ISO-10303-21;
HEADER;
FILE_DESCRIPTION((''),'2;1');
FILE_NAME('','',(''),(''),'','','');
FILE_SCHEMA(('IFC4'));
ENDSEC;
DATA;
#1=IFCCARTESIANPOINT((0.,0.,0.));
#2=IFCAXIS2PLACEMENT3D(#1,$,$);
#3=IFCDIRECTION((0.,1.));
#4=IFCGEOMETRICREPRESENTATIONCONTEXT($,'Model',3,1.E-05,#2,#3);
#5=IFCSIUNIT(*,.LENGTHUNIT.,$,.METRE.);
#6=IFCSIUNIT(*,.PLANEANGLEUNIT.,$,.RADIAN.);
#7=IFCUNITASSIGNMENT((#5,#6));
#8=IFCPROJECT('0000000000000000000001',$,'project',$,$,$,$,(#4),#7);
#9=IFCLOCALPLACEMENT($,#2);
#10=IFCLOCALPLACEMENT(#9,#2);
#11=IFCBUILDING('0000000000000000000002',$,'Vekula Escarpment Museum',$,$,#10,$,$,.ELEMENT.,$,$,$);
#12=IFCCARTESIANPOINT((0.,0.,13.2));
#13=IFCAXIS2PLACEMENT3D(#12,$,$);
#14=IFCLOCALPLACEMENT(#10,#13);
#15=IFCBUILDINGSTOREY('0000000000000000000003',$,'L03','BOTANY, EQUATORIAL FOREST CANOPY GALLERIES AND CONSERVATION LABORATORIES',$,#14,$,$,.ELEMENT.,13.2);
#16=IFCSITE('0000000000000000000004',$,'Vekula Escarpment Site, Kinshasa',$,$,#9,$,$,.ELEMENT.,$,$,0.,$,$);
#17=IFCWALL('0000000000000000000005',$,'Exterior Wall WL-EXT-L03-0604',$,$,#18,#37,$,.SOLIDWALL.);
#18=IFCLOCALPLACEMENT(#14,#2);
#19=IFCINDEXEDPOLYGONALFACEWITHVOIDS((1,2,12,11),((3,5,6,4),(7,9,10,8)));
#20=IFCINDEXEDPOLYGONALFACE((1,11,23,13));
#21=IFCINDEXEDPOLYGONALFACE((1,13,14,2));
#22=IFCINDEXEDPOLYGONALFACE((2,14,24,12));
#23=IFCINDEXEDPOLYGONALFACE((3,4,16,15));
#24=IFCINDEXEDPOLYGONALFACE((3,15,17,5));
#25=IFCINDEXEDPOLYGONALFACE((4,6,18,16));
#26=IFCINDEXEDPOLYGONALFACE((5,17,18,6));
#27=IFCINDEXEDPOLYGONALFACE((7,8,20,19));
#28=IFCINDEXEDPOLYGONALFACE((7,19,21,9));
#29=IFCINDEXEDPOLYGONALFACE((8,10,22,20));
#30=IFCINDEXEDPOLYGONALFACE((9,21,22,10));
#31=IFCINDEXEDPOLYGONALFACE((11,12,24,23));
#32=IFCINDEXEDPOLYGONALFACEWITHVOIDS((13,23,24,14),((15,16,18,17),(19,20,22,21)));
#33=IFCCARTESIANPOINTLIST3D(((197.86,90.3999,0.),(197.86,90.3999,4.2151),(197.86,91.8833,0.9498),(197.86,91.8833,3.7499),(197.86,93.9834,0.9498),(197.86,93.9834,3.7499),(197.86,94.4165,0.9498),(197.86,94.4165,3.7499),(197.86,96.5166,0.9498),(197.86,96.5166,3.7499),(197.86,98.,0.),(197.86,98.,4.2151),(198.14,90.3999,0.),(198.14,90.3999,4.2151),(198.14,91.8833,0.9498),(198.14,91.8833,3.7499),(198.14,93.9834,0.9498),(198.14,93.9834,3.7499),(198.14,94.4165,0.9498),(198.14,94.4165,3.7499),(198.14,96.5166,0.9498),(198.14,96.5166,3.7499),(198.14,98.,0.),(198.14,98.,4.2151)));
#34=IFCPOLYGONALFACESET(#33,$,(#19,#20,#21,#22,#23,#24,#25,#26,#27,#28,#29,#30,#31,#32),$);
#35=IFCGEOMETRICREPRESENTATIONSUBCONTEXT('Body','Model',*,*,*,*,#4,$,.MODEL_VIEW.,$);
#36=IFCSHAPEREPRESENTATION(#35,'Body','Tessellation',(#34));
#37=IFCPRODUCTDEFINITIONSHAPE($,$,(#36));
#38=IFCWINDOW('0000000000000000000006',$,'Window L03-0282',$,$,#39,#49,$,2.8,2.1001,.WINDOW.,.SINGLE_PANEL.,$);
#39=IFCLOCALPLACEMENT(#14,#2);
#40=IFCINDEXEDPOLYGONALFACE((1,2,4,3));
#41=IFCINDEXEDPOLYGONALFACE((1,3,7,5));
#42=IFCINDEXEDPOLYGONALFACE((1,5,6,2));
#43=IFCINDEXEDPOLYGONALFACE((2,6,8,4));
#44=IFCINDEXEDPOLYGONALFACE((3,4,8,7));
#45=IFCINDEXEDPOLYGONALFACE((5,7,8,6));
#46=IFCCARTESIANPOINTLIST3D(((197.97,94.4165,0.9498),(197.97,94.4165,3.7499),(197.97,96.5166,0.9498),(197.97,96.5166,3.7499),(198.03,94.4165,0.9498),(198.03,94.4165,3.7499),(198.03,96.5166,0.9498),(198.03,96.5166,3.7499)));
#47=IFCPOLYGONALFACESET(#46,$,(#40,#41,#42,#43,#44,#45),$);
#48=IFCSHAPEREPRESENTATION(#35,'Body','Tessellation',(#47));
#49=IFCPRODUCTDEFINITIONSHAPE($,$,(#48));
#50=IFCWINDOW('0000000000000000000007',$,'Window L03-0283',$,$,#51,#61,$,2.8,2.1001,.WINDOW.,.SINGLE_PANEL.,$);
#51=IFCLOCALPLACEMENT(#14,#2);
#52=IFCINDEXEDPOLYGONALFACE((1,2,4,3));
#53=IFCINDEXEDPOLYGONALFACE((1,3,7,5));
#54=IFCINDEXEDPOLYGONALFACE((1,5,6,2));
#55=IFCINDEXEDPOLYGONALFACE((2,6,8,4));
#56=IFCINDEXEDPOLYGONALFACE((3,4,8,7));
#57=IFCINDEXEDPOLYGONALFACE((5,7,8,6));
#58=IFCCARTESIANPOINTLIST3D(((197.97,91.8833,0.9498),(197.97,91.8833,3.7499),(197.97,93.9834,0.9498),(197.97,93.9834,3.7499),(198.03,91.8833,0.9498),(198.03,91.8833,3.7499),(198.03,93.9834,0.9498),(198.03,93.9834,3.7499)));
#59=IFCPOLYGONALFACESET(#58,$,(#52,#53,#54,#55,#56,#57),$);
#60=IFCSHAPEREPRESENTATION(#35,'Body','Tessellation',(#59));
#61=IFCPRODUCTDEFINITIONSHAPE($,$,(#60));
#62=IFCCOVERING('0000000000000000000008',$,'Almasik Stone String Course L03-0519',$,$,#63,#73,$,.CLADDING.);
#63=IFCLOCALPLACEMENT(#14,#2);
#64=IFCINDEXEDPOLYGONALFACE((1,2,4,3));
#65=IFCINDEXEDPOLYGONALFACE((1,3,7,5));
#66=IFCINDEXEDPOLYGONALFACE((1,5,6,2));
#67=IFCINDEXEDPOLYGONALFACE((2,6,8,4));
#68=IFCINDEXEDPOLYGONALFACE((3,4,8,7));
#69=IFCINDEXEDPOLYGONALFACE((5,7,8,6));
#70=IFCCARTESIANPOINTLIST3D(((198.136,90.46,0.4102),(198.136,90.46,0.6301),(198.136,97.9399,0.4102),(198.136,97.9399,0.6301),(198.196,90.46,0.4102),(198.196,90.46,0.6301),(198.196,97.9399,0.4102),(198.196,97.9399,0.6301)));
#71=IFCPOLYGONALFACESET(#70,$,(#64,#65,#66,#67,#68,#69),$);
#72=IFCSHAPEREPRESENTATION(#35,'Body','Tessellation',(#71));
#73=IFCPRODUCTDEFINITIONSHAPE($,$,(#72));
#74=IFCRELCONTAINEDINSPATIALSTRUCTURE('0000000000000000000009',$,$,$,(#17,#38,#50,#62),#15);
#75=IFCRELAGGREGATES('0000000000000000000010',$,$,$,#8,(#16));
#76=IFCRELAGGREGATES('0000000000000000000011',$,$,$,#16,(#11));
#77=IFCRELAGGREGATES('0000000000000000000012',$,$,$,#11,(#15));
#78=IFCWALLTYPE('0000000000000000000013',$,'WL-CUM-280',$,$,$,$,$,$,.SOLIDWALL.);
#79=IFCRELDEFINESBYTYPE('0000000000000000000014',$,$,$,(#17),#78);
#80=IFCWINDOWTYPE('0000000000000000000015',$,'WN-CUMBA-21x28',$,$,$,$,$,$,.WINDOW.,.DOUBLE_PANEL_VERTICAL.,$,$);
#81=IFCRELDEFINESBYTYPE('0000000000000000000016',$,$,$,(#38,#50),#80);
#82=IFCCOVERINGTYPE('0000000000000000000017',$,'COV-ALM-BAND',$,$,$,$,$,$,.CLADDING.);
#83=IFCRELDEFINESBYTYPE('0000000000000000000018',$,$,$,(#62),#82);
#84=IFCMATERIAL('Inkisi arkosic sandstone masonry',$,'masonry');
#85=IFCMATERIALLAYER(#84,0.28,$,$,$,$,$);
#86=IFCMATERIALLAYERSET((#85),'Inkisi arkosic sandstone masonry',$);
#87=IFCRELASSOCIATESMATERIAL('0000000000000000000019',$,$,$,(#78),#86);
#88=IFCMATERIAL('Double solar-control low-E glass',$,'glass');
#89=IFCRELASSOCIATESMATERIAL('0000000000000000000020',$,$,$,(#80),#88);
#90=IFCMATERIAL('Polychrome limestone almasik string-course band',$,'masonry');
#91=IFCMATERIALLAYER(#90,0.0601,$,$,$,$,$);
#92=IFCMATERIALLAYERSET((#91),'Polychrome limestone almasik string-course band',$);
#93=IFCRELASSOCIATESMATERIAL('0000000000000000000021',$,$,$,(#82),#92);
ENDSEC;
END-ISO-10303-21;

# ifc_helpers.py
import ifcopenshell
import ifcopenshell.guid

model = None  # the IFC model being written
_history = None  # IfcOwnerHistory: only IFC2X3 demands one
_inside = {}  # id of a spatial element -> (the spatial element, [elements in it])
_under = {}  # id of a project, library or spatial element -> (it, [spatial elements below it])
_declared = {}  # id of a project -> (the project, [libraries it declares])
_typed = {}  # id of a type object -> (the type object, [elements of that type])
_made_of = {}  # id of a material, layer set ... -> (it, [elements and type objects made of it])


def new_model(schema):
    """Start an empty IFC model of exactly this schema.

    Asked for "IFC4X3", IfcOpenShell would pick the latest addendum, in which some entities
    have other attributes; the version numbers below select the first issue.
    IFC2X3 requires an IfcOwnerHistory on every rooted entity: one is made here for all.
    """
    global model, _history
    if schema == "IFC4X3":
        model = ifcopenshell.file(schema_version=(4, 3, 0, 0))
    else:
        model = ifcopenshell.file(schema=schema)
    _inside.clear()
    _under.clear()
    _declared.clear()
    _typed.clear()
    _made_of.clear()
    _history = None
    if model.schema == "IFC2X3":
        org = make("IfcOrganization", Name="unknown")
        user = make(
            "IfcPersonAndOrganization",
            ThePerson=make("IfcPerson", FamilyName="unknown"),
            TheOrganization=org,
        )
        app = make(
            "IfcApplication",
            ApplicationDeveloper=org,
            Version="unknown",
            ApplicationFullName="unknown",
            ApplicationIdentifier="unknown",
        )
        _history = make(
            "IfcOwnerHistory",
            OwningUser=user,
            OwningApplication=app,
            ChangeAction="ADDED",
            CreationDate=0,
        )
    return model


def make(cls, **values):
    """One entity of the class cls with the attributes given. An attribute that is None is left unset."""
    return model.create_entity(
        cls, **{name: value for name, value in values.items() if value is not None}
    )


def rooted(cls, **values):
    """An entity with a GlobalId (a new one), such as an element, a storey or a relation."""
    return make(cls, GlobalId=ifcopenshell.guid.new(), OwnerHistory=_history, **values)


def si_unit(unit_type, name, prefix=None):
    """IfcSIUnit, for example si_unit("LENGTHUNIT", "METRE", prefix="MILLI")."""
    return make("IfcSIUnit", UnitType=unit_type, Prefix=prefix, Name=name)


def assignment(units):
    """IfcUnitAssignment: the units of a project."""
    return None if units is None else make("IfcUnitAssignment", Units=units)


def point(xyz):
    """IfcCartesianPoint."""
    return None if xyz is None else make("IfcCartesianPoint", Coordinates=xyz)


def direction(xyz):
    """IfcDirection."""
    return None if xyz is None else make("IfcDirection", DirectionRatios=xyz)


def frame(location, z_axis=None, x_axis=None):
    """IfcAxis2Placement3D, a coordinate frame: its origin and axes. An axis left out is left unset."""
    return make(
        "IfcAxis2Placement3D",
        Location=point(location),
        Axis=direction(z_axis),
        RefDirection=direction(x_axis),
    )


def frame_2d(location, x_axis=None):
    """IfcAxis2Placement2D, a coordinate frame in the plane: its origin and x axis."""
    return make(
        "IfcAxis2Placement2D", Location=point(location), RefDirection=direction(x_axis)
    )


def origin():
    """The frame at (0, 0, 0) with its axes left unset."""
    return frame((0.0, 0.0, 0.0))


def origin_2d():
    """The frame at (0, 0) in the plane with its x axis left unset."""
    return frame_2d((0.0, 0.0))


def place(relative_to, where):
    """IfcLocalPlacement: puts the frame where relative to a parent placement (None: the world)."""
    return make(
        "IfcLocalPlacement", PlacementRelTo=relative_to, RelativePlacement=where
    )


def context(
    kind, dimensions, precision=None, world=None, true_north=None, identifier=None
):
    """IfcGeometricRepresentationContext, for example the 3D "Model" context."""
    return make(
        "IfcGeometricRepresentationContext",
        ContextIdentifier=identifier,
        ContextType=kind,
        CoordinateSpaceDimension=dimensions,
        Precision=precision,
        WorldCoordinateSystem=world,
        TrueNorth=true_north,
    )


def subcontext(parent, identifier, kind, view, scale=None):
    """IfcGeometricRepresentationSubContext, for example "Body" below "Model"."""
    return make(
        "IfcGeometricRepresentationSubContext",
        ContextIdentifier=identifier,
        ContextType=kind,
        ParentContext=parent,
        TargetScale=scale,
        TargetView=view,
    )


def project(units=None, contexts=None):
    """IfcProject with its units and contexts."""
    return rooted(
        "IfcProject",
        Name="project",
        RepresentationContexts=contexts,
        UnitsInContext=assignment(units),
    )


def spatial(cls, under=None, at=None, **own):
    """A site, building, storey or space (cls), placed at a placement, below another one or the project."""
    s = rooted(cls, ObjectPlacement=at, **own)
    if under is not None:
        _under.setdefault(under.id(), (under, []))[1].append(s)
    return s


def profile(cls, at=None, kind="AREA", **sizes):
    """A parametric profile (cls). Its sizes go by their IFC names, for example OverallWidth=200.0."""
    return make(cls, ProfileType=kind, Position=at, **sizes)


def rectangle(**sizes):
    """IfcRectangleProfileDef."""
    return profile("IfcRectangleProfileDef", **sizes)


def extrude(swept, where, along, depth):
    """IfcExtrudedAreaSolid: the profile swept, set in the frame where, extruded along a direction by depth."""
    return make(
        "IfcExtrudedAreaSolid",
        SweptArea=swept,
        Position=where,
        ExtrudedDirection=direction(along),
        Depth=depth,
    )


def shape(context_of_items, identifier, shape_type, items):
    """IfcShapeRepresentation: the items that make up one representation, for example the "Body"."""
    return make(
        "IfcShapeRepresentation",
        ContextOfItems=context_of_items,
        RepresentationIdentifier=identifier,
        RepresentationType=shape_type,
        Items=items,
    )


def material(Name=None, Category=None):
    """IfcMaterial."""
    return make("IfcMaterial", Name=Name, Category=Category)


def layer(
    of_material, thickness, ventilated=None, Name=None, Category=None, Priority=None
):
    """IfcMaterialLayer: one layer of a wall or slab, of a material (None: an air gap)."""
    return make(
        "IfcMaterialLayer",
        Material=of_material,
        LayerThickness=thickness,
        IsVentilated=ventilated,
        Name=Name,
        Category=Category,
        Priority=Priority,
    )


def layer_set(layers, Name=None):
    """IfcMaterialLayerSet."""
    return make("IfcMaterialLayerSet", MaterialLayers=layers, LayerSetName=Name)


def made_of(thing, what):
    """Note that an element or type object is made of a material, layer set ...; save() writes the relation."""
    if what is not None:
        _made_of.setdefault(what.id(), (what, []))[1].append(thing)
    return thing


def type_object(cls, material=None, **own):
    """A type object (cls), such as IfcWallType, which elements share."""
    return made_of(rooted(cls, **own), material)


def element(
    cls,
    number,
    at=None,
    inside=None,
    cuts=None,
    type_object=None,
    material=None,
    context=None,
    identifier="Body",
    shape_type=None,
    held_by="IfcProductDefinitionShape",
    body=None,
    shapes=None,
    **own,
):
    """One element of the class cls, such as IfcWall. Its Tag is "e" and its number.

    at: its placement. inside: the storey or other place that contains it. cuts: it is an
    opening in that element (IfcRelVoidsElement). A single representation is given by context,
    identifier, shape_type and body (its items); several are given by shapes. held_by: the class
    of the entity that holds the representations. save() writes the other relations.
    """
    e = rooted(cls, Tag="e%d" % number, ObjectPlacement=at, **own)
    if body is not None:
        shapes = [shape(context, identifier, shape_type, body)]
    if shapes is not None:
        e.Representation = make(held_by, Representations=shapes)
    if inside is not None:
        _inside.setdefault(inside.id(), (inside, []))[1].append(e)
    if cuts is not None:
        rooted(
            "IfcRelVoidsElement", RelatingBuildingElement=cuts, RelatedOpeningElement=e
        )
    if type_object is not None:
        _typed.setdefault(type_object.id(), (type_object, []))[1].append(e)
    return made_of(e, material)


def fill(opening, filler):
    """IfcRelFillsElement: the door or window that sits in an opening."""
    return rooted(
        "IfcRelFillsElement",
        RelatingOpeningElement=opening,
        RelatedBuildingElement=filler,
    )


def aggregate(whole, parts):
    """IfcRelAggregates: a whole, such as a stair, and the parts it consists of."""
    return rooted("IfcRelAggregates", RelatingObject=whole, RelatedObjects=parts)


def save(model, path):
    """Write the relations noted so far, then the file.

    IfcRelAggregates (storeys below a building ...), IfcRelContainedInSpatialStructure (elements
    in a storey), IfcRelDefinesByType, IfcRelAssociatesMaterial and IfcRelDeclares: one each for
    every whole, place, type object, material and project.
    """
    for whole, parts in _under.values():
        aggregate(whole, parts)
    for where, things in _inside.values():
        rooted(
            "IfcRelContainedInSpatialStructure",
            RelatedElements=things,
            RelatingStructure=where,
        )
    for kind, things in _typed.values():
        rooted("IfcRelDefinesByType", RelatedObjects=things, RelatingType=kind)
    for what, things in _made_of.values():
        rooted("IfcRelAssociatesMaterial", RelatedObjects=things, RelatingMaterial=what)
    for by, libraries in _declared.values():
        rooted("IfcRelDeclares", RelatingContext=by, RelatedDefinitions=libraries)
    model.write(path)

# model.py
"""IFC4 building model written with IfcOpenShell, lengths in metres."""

from ifc_helpers import new_model, si_unit, direction, frame, frame_2d, origin, origin_2d, place, context, subcontext, project, spatial, rectangle, extrude, material, layer, layer_set, type_object, element, fill, save


model = new_model("IFC4")

# Units and contexts
model_context = context("Model", 3, precision=1e-05, world=origin(), true_north=direction((0.0, 1.0)))
body_context = subcontext(model_context, "Body", "Model", "MODEL_VIEW")
ifc_project = project(units=[si_unit("LENGTHUNIT", "METRE"), si_unit("PLANEANGLEUNIT", "RADIAN")], contexts=[model_context])

# Site, building, storey
site_placement = place(None, origin())
site = spatial("IfcSite", under=ifc_project, at=site_placement, Name="Vekula Escarpment Site, Kinshasa", CompositionType="ELEMENT", RefElevation=0.0)
building_placement = place(site_placement, origin())
building = spatial("IfcBuilding", under=site, at=building_placement, Name="Vekula Escarpment Museum", CompositionType="ELEMENT")
storey_placement = place(building_placement, frame((0.0, 0.0, 13.2)))
storey = spatial("IfcBuildingStorey", under=building, at=storey_placement, Name="L03", Description="BOTANY, EQUATORIAL FOREST CANOPY GALLERIES AND CONSERVATION LABORATORIES", CompositionType="ELEMENT", Elevation=13.2)

# Wall, openings, windows
ifc_material_1 = material(Name="Inkisi arkosic sandstone masonry", Category="masonry")
ifc_layer_1 = layer(ifc_material_1, 0.28)
ifc_layer_set_1 = layer_set([ifc_layer_1], Name="Inkisi arkosic sandstone masonry")
wall_type_1 = type_object("IfcWallType", Name="WL-CUM-280", PredefinedType="SOLIDWALL", material=ifc_layer_set_1)
wall_1_placement = place(storey_placement, frame((198.0, 98.0, 0.0), z_axis=(0.0, 0.0, 1.0), x_axis=(0.0, -1.0, 0.0)))
wall_1 = element("IfcWall", 1, at=wall_1_placement, inside=storey, type_object=wall_type_1, Name="Exterior Wall WL-EXT-L03-0604", PredefinedType="SOLIDWALL", context=body_context, shape_type="SweptSolid", body=[
    extrude(rectangle(XDim=7.6001, YDim=0.28, at=frame_2d((3.8, 0.0))), origin(), (0.0, 0.0, 1.0), 4.2151),
])
opening_1_placement = place(wall_1_placement, frame((1.4834, 0.0, 0.95)))
opening_1 = element("IfcOpeningElement", 2, at=opening_1_placement, cuts=wall_1, PredefinedType="OPENING", context=body_context, shape_type="SweptSolid", body=[
    extrude(rectangle(XDim=2.1001, YDim=2.8, at=frame_2d((1.05, 1.3999))), frame((0.0, 0.1499, 0.0), z_axis=(0.0, -1.0, 0.0), x_axis=(1.0, 0.0, 0.0)), (0.0, 0.0, 1.0), 0.3),
])
opening_2_placement = place(wall_1_placement, frame((4.0166, 0.0, 0.95)))
opening_2 = element("IfcOpeningElement", 3, at=opening_2_placement, cuts=wall_1, PredefinedType="OPENING", context=body_context, shape_type="SweptSolid", body=[
    extrude(rectangle(XDim=2.1001, YDim=2.8, at=frame_2d((1.05, 1.3999))), frame((0.0, 0.1499, 0.0), z_axis=(0.0, -1.0, 0.0), x_axis=(1.0, 0.0, 0.0)), (0.0, 0.0, 1.0), 0.3),
])
ifc_material_2 = material(Name="Double solar-control low-E glass", Category="glass")
window_type_1 = type_object("IfcWindowType", Name="WN-CUMBA-21x28", PartitioningType="DOUBLE_PANEL_VERTICAL", PredefinedType="WINDOW", material=ifc_material_2)
window_1_placement = place(opening_1_placement, origin())
window_1 = element("IfcWindow", 4, at=window_1_placement, inside=storey, type_object=window_type_1, Name="Window L03-0282", OverallHeight=2.8, OverallWidth=2.1001, PartitioningType="SINGLE_PANEL", PredefinedType="WINDOW", context=body_context, shape_type="SweptSolid", body=[
    extrude(rectangle(XDim=2.1001, YDim=2.8, at=frame_2d((1.05, 1.3999))), frame((0.0, 0.03, 0.0), z_axis=(0.0, -1.0, 0.0), x_axis=(1.0, 0.0, 0.0)), (0.0, 0.0, 1.0), 0.0601),
])
fill(opening_1, window_1)
window_2_placement = place(opening_2_placement, origin())
window_2 = element("IfcWindow", 5, at=window_2_placement, inside=storey, type_object=window_type_1, Name="Window L03-0283", OverallHeight=2.8, OverallWidth=2.1001, PartitioningType="SINGLE_PANEL", PredefinedType="WINDOW", context=body_context, shape_type="SweptSolid", body=[
    extrude(rectangle(XDim=2.1001, YDim=2.8, at=frame_2d((1.05, 1.3999))), frame((0.0, 0.03, 0.0), z_axis=(0.0, -1.0, 0.0), x_axis=(1.0, 0.0, 0.0)), (0.0, 0.0, 1.0), 0.0601),
])
fill(opening_2, window_2)

# Covering
ifc_material_3 = material(Name="Polychrome limestone almasik string-course band", Category="masonry")
ifc_layer_2 = layer(ifc_material_3, 0.0601)
ifc_layer_set_2 = layer_set([ifc_layer_2], Name="Polychrome limestone almasik string-course band")
covering_type = type_object("IfcCoveringType", Name="COV-ALM-BAND", PredefinedType="CLADDING", material=ifc_layer_set_2)
covering_placement = place(storey_placement, frame((198.166, 94.2, 0.4102), z_axis=(0.0, 0.0, 1.0), x_axis=(0.0, 1.0, 0.0)))
element("IfcCovering", 6, at=covering_placement, inside=storey, type_object=covering_type, Name="Almasik Stone String Course L03-0519", PredefinedType="CLADDING", context=body_context, shape_type="SweptSolid", body=[
    extrude(rectangle(XDim=7.48, YDim=0.0601, at=origin_2d()), origin(), (0.0, 0.0, 1.0), 0.22),
])

save(model, "model.ifc")
